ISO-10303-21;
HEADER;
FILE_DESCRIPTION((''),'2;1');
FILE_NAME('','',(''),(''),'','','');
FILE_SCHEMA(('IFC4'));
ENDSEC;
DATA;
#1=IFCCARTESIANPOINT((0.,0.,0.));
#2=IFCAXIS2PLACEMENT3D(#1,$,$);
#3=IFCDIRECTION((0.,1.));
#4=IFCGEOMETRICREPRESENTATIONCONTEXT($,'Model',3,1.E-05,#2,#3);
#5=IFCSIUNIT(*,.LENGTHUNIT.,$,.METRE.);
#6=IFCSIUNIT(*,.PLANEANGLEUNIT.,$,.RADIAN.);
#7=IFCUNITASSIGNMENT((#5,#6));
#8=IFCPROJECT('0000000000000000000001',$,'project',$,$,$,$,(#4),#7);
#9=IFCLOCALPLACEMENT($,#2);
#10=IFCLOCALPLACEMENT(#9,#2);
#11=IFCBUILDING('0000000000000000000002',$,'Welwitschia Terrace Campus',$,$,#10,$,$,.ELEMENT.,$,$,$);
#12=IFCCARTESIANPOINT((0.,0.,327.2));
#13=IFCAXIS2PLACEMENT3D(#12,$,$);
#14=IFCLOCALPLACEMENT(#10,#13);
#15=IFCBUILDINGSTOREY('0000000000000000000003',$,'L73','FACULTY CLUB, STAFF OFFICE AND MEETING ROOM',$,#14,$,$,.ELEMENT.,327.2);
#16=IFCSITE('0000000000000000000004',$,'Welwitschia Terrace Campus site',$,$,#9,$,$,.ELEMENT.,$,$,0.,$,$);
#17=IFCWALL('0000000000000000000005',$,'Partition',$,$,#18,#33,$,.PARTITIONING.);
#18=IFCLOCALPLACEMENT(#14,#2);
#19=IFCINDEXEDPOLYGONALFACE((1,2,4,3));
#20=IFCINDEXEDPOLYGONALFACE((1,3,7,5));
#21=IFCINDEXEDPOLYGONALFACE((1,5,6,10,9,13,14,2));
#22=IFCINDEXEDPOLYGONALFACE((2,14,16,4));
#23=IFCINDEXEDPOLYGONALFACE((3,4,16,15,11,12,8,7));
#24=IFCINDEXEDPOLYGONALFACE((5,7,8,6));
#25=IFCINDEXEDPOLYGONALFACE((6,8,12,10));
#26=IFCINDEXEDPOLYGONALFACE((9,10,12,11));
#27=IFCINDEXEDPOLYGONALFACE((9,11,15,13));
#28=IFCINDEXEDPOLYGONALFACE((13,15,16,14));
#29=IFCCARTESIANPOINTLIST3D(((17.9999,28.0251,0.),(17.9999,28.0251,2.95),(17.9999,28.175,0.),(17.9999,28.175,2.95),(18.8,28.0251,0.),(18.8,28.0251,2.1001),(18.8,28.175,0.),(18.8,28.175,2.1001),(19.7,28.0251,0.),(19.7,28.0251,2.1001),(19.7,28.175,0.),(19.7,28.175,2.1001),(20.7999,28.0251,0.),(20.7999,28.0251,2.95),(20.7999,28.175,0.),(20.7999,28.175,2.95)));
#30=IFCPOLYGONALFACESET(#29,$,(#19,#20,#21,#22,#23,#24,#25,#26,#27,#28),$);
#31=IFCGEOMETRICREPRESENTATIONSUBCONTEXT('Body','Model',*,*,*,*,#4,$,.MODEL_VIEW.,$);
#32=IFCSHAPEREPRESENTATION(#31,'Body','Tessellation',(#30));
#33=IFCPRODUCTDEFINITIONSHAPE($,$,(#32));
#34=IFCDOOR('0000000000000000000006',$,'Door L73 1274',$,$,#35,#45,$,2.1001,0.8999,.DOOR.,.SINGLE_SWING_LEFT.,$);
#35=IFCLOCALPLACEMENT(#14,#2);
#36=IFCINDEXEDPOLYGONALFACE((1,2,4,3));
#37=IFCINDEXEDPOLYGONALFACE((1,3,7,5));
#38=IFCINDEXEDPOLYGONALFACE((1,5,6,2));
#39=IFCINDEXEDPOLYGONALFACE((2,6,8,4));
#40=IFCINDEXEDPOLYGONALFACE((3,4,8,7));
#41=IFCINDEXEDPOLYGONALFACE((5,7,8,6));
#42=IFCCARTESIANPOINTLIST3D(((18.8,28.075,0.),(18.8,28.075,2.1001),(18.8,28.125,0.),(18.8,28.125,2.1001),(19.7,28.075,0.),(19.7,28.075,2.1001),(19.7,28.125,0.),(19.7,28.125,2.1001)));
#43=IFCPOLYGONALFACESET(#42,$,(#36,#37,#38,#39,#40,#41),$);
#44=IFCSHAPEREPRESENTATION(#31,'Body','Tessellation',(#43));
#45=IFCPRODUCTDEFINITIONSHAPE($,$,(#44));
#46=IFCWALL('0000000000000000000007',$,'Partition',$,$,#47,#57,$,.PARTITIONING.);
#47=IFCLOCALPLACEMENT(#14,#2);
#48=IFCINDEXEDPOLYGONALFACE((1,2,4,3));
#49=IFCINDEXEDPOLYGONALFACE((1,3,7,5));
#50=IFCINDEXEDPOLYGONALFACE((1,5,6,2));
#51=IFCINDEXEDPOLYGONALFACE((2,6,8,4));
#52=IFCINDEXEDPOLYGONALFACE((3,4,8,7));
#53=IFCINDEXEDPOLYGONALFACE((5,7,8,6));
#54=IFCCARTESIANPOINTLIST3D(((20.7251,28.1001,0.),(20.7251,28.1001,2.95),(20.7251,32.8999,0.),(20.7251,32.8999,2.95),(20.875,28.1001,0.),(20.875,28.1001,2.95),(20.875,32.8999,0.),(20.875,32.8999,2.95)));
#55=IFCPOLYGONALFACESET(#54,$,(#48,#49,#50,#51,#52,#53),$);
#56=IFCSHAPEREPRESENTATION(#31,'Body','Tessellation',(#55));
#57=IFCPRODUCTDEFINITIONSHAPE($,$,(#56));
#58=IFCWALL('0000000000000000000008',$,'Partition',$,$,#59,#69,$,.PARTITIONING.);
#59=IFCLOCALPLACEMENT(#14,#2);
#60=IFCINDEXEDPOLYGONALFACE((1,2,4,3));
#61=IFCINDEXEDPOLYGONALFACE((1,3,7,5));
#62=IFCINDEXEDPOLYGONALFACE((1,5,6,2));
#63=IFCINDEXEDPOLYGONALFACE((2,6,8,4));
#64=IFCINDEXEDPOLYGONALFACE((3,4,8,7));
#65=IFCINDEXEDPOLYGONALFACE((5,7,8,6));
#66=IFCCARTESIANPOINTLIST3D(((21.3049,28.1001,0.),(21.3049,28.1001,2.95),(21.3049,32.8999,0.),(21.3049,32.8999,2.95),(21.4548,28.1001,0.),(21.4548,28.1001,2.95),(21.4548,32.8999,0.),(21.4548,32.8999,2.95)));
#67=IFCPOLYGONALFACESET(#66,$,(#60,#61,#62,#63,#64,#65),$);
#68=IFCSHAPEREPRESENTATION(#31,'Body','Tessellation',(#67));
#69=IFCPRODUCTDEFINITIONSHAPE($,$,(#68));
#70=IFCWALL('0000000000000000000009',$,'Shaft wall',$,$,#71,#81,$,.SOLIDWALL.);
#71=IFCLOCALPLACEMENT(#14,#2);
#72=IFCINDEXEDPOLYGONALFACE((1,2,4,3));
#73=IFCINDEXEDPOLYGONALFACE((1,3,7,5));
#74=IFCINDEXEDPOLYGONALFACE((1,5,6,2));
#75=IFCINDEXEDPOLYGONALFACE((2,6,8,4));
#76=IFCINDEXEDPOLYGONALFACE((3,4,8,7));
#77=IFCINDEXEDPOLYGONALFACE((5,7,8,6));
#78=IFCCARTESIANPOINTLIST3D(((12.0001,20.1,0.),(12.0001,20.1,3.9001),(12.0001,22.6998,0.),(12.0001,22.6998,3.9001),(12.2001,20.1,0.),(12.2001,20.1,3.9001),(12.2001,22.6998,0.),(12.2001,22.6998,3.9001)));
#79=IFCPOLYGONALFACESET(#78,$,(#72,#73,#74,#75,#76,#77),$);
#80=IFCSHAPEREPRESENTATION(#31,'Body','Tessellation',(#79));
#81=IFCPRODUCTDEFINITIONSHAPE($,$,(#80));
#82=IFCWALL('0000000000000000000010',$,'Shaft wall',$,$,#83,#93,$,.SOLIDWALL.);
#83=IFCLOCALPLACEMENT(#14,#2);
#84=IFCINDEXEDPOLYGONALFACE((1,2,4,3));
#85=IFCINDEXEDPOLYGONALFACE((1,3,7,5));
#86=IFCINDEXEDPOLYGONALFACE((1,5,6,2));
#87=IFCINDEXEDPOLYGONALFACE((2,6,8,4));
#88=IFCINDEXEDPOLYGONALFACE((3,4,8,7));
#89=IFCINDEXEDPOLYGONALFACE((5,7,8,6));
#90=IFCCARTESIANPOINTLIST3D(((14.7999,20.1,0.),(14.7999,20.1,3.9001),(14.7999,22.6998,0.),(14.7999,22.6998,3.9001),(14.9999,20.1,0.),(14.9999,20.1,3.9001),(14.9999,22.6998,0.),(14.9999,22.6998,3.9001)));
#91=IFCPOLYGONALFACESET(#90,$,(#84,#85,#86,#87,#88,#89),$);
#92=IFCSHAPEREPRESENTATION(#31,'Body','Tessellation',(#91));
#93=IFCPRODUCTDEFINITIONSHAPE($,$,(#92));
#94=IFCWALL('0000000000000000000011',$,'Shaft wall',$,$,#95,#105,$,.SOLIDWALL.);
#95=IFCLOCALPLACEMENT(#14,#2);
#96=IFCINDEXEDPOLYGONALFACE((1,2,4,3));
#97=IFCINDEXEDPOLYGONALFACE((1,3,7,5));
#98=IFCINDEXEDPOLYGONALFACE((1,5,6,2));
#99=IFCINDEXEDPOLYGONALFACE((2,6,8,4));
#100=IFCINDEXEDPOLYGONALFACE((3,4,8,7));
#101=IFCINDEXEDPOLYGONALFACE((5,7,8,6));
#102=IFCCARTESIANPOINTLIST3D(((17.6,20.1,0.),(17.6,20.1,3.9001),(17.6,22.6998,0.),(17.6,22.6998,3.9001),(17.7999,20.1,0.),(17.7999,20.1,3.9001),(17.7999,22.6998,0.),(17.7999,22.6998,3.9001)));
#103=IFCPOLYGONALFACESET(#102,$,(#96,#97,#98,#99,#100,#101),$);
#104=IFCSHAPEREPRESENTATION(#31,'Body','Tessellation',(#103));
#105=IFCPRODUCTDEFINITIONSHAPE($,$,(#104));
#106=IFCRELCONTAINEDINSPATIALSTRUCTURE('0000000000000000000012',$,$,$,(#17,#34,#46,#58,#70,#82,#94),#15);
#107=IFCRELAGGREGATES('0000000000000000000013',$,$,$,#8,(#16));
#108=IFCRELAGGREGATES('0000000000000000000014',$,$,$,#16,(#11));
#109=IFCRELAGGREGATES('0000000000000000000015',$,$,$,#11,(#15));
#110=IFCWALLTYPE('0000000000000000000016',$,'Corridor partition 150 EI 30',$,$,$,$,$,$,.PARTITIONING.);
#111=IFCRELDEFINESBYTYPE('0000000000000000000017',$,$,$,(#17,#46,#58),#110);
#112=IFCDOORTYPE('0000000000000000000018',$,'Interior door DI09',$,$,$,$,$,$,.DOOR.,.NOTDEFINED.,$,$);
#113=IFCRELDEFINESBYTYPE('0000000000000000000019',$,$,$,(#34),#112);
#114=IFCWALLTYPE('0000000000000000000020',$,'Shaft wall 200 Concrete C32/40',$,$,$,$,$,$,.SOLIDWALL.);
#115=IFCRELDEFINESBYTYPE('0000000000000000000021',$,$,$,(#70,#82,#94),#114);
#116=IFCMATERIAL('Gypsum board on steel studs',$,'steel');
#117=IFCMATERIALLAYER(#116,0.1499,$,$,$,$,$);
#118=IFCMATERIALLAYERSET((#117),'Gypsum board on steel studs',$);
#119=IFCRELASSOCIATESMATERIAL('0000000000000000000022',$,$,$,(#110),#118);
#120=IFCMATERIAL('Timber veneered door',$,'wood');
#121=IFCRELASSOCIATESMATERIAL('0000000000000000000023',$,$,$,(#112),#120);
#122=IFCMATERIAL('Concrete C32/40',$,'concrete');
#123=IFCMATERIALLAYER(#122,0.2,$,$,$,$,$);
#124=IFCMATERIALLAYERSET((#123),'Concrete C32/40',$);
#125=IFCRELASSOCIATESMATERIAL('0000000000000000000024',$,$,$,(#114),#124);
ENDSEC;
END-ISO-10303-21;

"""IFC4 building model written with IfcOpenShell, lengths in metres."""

from ifc_helpers import new_model, si_unit, direction, frame, frame_2d, origin, place, context, subcontext, project, spatial, rectangle, extrude, material, layer, layer_set, type_object, element, fill, save


model = new_model("IFC4")

# Units and contexts
model_context = context("Model", 3, precision=1e-05, world=origin(), true_north=direction((0.0, 1.0)))
body_context = subcontext(model_context, "Body", "Model", "MODEL_VIEW")
ifc_project = project(units=[si_unit("LENGTHUNIT", "METRE"), si_unit("PLANEANGLEUNIT", "RADIAN")], contexts=[model_context])

# Site, building, storey
site_placement = place(None, origin())
site = spatial("IfcSite", under=ifc_project, at=site_placement, Name="Welwitschia Terrace Campus site", CompositionType="ELEMENT", RefElevation=0.0)
building_placement = place(site_placement, origin())
building = spatial("IfcBuilding", under=site, at=building_placement, Name="Welwitschia Terrace Campus", CompositionType="ELEMENT")
storey_placement = place(building_placement, frame((0.0, 0.0, 327.2)))
storey = spatial("IfcBuildingStorey", under=building, at=storey_placement, Name="L73", Description="FACULTY CLUB, STAFF OFFICE AND MEETING ROOM", CompositionType="ELEMENT", Elevation=327.2)

# Shared definitions
ifc_material_1 = material(Name="Gypsum board on steel studs", Category="steel")
ifc_layer_1 = layer(ifc_material_1, 0.1499)
ifc_layer_set_1 = layer_set([ifc_layer_1], Name="Gypsum board on steel studs")
wall_type_1 = type_object("IfcWallType", Name="Corridor partition 150 EI 30", PredefinedType="PARTITIONING", material=ifc_layer_set_1)

# Shared definitions
ifc_material_2 = material(Name="Timber veneered door", Category="wood")
door_type = type_object("IfcDoorType", Name="Interior door DI09", OperationType="NOTDEFINED", PredefinedType="DOOR", material=ifc_material_2)

# Wall, opening, door
wall_1_placement = place(storey_placement, frame((18.0, 28.1001, 0.0), z_axis=(0.0, 0.0, 1.0), x_axis=(1.0, 0.0, 0.0)))
wall_1 = element("IfcWall", 1, at=wall_1_placement, inside=storey, type_object=wall_type_1, Name="Partition", PredefinedType="PARTITIONING", context=body_context, shape_type="SweptSolid", body=[
    extrude(rectangle(XDim=2.8, YDim=0.1499, at=frame_2d((1.3999, 0.0))), origin(), (0.0, 0.0, 1.0), 2.95),
])
opening_1_placement = place(wall_1_placement, frame((0.8, 0.0, 0.0)))
opening_1 = element("IfcOpeningElement", 2, at=opening_1_placement, cuts=wall_1, PredefinedType="OPENING", context=body_context, shape_type="SweptSolid", body=[
    extrude(rectangle(XDim=0.8999, YDim=2.1001, at=frame_2d((0.45, 1.05))), frame((0.0, 0.085, 0.0), z_axis=(0.0, -1.0, 0.0), x_axis=(1.0, 0.0, 0.0)), (0.0, 0.0, 1.0), 0.1699),
])
door_1_placement = place(opening_1_placement, origin())
door_1 = element("IfcDoor", 3, at=door_1_placement, inside=storey, type_object=door_type, Name="Door L73 1274", OperationType="SINGLE_SWING_LEFT", OverallHeight=2.1001, OverallWidth=0.8999, PredefinedType="DOOR", context=body_context, shape_type="SweptSolid", body=[
    extrude(rectangle(XDim=0.8999, YDim=2.1001, at=frame_2d((0.45, 1.05))), frame((0.0, 0.0249, 0.0), z_axis=(0.0, -1.0, 0.0), x_axis=(1.0, 0.0, 0.0)), (0.0, 0.0, 1.0), 0.05),
])
fill(opening_1, door_1)

# Walls
for number, where, z_axis, x_axis, name in (
    (4, (20.8, 28.1001, 0.0), (0.0, 0.0, 1.0), (0.0, 1.0, 0.0), "Partition"),
    (5, (21.3799, 28.1001, 0.0), (0.0, 0.0, 1.0), (0.0, 1.0, 0.0), "Partition"),
):
    element("IfcWall", number, at=place(storey_placement, frame(where, z_axis=z_axis, x_axis=x_axis)), inside=storey, type_object=wall_type_1, Name=name, PredefinedType="PARTITIONING", context=body_context, shape_type="SweptSolid", body=[
        extrude(rectangle(XDim=4.7998, YDim=0.1499, at=frame_2d((2.3999, 0.0))), origin(), (0.0, 0.0, 1.0), 2.95),
    ])
ifc_material_3 = material(Name="Concrete C32/40", Category="concrete")
ifc_layer_2 = layer(ifc_material_3, 0.2)
ifc_layer_set_2 = layer_set([ifc_layer_2], Name="Concrete C32/40")
wall_type_2 = type_object("IfcWallType", Name="Shaft wall 200 Concrete C32/40", PredefinedType="SOLIDWALL", material=ifc_layer_set_2)
for number, where, z_axis, x_axis, name in (
    (6, (12.1001, 20.1001, 0.0), (0.0, 0.0, 1.0), (0.0, 1.0, 0.0), "Shaft wall"),
    (7, (14.8999, 20.1001, 0.0), (0.0, 0.0, 1.0), (0.0, 1.0, 0.0), "Shaft wall"),
    (8, (17.7, 20.1001, 0.0), (0.0, 0.0, 1.0), (0.0, 1.0, 0.0), "Shaft wall"),
):
    element("IfcWall", number, at=place(storey_placement, frame(where, z_axis=z_axis, x_axis=x_axis)), inside=storey, type_object=wall_type_2, Name=name, PredefinedType="SOLIDWALL", context=body_context, shape_type="SweptSolid", body=[
        extrude(rectangle(XDim=2.5999, YDim=0.2, at=frame_2d((1.2998, 0.0))), origin(), (0.0, 0.0, 1.0), 3.9001),
    ])

save(model, "model.ifc")
